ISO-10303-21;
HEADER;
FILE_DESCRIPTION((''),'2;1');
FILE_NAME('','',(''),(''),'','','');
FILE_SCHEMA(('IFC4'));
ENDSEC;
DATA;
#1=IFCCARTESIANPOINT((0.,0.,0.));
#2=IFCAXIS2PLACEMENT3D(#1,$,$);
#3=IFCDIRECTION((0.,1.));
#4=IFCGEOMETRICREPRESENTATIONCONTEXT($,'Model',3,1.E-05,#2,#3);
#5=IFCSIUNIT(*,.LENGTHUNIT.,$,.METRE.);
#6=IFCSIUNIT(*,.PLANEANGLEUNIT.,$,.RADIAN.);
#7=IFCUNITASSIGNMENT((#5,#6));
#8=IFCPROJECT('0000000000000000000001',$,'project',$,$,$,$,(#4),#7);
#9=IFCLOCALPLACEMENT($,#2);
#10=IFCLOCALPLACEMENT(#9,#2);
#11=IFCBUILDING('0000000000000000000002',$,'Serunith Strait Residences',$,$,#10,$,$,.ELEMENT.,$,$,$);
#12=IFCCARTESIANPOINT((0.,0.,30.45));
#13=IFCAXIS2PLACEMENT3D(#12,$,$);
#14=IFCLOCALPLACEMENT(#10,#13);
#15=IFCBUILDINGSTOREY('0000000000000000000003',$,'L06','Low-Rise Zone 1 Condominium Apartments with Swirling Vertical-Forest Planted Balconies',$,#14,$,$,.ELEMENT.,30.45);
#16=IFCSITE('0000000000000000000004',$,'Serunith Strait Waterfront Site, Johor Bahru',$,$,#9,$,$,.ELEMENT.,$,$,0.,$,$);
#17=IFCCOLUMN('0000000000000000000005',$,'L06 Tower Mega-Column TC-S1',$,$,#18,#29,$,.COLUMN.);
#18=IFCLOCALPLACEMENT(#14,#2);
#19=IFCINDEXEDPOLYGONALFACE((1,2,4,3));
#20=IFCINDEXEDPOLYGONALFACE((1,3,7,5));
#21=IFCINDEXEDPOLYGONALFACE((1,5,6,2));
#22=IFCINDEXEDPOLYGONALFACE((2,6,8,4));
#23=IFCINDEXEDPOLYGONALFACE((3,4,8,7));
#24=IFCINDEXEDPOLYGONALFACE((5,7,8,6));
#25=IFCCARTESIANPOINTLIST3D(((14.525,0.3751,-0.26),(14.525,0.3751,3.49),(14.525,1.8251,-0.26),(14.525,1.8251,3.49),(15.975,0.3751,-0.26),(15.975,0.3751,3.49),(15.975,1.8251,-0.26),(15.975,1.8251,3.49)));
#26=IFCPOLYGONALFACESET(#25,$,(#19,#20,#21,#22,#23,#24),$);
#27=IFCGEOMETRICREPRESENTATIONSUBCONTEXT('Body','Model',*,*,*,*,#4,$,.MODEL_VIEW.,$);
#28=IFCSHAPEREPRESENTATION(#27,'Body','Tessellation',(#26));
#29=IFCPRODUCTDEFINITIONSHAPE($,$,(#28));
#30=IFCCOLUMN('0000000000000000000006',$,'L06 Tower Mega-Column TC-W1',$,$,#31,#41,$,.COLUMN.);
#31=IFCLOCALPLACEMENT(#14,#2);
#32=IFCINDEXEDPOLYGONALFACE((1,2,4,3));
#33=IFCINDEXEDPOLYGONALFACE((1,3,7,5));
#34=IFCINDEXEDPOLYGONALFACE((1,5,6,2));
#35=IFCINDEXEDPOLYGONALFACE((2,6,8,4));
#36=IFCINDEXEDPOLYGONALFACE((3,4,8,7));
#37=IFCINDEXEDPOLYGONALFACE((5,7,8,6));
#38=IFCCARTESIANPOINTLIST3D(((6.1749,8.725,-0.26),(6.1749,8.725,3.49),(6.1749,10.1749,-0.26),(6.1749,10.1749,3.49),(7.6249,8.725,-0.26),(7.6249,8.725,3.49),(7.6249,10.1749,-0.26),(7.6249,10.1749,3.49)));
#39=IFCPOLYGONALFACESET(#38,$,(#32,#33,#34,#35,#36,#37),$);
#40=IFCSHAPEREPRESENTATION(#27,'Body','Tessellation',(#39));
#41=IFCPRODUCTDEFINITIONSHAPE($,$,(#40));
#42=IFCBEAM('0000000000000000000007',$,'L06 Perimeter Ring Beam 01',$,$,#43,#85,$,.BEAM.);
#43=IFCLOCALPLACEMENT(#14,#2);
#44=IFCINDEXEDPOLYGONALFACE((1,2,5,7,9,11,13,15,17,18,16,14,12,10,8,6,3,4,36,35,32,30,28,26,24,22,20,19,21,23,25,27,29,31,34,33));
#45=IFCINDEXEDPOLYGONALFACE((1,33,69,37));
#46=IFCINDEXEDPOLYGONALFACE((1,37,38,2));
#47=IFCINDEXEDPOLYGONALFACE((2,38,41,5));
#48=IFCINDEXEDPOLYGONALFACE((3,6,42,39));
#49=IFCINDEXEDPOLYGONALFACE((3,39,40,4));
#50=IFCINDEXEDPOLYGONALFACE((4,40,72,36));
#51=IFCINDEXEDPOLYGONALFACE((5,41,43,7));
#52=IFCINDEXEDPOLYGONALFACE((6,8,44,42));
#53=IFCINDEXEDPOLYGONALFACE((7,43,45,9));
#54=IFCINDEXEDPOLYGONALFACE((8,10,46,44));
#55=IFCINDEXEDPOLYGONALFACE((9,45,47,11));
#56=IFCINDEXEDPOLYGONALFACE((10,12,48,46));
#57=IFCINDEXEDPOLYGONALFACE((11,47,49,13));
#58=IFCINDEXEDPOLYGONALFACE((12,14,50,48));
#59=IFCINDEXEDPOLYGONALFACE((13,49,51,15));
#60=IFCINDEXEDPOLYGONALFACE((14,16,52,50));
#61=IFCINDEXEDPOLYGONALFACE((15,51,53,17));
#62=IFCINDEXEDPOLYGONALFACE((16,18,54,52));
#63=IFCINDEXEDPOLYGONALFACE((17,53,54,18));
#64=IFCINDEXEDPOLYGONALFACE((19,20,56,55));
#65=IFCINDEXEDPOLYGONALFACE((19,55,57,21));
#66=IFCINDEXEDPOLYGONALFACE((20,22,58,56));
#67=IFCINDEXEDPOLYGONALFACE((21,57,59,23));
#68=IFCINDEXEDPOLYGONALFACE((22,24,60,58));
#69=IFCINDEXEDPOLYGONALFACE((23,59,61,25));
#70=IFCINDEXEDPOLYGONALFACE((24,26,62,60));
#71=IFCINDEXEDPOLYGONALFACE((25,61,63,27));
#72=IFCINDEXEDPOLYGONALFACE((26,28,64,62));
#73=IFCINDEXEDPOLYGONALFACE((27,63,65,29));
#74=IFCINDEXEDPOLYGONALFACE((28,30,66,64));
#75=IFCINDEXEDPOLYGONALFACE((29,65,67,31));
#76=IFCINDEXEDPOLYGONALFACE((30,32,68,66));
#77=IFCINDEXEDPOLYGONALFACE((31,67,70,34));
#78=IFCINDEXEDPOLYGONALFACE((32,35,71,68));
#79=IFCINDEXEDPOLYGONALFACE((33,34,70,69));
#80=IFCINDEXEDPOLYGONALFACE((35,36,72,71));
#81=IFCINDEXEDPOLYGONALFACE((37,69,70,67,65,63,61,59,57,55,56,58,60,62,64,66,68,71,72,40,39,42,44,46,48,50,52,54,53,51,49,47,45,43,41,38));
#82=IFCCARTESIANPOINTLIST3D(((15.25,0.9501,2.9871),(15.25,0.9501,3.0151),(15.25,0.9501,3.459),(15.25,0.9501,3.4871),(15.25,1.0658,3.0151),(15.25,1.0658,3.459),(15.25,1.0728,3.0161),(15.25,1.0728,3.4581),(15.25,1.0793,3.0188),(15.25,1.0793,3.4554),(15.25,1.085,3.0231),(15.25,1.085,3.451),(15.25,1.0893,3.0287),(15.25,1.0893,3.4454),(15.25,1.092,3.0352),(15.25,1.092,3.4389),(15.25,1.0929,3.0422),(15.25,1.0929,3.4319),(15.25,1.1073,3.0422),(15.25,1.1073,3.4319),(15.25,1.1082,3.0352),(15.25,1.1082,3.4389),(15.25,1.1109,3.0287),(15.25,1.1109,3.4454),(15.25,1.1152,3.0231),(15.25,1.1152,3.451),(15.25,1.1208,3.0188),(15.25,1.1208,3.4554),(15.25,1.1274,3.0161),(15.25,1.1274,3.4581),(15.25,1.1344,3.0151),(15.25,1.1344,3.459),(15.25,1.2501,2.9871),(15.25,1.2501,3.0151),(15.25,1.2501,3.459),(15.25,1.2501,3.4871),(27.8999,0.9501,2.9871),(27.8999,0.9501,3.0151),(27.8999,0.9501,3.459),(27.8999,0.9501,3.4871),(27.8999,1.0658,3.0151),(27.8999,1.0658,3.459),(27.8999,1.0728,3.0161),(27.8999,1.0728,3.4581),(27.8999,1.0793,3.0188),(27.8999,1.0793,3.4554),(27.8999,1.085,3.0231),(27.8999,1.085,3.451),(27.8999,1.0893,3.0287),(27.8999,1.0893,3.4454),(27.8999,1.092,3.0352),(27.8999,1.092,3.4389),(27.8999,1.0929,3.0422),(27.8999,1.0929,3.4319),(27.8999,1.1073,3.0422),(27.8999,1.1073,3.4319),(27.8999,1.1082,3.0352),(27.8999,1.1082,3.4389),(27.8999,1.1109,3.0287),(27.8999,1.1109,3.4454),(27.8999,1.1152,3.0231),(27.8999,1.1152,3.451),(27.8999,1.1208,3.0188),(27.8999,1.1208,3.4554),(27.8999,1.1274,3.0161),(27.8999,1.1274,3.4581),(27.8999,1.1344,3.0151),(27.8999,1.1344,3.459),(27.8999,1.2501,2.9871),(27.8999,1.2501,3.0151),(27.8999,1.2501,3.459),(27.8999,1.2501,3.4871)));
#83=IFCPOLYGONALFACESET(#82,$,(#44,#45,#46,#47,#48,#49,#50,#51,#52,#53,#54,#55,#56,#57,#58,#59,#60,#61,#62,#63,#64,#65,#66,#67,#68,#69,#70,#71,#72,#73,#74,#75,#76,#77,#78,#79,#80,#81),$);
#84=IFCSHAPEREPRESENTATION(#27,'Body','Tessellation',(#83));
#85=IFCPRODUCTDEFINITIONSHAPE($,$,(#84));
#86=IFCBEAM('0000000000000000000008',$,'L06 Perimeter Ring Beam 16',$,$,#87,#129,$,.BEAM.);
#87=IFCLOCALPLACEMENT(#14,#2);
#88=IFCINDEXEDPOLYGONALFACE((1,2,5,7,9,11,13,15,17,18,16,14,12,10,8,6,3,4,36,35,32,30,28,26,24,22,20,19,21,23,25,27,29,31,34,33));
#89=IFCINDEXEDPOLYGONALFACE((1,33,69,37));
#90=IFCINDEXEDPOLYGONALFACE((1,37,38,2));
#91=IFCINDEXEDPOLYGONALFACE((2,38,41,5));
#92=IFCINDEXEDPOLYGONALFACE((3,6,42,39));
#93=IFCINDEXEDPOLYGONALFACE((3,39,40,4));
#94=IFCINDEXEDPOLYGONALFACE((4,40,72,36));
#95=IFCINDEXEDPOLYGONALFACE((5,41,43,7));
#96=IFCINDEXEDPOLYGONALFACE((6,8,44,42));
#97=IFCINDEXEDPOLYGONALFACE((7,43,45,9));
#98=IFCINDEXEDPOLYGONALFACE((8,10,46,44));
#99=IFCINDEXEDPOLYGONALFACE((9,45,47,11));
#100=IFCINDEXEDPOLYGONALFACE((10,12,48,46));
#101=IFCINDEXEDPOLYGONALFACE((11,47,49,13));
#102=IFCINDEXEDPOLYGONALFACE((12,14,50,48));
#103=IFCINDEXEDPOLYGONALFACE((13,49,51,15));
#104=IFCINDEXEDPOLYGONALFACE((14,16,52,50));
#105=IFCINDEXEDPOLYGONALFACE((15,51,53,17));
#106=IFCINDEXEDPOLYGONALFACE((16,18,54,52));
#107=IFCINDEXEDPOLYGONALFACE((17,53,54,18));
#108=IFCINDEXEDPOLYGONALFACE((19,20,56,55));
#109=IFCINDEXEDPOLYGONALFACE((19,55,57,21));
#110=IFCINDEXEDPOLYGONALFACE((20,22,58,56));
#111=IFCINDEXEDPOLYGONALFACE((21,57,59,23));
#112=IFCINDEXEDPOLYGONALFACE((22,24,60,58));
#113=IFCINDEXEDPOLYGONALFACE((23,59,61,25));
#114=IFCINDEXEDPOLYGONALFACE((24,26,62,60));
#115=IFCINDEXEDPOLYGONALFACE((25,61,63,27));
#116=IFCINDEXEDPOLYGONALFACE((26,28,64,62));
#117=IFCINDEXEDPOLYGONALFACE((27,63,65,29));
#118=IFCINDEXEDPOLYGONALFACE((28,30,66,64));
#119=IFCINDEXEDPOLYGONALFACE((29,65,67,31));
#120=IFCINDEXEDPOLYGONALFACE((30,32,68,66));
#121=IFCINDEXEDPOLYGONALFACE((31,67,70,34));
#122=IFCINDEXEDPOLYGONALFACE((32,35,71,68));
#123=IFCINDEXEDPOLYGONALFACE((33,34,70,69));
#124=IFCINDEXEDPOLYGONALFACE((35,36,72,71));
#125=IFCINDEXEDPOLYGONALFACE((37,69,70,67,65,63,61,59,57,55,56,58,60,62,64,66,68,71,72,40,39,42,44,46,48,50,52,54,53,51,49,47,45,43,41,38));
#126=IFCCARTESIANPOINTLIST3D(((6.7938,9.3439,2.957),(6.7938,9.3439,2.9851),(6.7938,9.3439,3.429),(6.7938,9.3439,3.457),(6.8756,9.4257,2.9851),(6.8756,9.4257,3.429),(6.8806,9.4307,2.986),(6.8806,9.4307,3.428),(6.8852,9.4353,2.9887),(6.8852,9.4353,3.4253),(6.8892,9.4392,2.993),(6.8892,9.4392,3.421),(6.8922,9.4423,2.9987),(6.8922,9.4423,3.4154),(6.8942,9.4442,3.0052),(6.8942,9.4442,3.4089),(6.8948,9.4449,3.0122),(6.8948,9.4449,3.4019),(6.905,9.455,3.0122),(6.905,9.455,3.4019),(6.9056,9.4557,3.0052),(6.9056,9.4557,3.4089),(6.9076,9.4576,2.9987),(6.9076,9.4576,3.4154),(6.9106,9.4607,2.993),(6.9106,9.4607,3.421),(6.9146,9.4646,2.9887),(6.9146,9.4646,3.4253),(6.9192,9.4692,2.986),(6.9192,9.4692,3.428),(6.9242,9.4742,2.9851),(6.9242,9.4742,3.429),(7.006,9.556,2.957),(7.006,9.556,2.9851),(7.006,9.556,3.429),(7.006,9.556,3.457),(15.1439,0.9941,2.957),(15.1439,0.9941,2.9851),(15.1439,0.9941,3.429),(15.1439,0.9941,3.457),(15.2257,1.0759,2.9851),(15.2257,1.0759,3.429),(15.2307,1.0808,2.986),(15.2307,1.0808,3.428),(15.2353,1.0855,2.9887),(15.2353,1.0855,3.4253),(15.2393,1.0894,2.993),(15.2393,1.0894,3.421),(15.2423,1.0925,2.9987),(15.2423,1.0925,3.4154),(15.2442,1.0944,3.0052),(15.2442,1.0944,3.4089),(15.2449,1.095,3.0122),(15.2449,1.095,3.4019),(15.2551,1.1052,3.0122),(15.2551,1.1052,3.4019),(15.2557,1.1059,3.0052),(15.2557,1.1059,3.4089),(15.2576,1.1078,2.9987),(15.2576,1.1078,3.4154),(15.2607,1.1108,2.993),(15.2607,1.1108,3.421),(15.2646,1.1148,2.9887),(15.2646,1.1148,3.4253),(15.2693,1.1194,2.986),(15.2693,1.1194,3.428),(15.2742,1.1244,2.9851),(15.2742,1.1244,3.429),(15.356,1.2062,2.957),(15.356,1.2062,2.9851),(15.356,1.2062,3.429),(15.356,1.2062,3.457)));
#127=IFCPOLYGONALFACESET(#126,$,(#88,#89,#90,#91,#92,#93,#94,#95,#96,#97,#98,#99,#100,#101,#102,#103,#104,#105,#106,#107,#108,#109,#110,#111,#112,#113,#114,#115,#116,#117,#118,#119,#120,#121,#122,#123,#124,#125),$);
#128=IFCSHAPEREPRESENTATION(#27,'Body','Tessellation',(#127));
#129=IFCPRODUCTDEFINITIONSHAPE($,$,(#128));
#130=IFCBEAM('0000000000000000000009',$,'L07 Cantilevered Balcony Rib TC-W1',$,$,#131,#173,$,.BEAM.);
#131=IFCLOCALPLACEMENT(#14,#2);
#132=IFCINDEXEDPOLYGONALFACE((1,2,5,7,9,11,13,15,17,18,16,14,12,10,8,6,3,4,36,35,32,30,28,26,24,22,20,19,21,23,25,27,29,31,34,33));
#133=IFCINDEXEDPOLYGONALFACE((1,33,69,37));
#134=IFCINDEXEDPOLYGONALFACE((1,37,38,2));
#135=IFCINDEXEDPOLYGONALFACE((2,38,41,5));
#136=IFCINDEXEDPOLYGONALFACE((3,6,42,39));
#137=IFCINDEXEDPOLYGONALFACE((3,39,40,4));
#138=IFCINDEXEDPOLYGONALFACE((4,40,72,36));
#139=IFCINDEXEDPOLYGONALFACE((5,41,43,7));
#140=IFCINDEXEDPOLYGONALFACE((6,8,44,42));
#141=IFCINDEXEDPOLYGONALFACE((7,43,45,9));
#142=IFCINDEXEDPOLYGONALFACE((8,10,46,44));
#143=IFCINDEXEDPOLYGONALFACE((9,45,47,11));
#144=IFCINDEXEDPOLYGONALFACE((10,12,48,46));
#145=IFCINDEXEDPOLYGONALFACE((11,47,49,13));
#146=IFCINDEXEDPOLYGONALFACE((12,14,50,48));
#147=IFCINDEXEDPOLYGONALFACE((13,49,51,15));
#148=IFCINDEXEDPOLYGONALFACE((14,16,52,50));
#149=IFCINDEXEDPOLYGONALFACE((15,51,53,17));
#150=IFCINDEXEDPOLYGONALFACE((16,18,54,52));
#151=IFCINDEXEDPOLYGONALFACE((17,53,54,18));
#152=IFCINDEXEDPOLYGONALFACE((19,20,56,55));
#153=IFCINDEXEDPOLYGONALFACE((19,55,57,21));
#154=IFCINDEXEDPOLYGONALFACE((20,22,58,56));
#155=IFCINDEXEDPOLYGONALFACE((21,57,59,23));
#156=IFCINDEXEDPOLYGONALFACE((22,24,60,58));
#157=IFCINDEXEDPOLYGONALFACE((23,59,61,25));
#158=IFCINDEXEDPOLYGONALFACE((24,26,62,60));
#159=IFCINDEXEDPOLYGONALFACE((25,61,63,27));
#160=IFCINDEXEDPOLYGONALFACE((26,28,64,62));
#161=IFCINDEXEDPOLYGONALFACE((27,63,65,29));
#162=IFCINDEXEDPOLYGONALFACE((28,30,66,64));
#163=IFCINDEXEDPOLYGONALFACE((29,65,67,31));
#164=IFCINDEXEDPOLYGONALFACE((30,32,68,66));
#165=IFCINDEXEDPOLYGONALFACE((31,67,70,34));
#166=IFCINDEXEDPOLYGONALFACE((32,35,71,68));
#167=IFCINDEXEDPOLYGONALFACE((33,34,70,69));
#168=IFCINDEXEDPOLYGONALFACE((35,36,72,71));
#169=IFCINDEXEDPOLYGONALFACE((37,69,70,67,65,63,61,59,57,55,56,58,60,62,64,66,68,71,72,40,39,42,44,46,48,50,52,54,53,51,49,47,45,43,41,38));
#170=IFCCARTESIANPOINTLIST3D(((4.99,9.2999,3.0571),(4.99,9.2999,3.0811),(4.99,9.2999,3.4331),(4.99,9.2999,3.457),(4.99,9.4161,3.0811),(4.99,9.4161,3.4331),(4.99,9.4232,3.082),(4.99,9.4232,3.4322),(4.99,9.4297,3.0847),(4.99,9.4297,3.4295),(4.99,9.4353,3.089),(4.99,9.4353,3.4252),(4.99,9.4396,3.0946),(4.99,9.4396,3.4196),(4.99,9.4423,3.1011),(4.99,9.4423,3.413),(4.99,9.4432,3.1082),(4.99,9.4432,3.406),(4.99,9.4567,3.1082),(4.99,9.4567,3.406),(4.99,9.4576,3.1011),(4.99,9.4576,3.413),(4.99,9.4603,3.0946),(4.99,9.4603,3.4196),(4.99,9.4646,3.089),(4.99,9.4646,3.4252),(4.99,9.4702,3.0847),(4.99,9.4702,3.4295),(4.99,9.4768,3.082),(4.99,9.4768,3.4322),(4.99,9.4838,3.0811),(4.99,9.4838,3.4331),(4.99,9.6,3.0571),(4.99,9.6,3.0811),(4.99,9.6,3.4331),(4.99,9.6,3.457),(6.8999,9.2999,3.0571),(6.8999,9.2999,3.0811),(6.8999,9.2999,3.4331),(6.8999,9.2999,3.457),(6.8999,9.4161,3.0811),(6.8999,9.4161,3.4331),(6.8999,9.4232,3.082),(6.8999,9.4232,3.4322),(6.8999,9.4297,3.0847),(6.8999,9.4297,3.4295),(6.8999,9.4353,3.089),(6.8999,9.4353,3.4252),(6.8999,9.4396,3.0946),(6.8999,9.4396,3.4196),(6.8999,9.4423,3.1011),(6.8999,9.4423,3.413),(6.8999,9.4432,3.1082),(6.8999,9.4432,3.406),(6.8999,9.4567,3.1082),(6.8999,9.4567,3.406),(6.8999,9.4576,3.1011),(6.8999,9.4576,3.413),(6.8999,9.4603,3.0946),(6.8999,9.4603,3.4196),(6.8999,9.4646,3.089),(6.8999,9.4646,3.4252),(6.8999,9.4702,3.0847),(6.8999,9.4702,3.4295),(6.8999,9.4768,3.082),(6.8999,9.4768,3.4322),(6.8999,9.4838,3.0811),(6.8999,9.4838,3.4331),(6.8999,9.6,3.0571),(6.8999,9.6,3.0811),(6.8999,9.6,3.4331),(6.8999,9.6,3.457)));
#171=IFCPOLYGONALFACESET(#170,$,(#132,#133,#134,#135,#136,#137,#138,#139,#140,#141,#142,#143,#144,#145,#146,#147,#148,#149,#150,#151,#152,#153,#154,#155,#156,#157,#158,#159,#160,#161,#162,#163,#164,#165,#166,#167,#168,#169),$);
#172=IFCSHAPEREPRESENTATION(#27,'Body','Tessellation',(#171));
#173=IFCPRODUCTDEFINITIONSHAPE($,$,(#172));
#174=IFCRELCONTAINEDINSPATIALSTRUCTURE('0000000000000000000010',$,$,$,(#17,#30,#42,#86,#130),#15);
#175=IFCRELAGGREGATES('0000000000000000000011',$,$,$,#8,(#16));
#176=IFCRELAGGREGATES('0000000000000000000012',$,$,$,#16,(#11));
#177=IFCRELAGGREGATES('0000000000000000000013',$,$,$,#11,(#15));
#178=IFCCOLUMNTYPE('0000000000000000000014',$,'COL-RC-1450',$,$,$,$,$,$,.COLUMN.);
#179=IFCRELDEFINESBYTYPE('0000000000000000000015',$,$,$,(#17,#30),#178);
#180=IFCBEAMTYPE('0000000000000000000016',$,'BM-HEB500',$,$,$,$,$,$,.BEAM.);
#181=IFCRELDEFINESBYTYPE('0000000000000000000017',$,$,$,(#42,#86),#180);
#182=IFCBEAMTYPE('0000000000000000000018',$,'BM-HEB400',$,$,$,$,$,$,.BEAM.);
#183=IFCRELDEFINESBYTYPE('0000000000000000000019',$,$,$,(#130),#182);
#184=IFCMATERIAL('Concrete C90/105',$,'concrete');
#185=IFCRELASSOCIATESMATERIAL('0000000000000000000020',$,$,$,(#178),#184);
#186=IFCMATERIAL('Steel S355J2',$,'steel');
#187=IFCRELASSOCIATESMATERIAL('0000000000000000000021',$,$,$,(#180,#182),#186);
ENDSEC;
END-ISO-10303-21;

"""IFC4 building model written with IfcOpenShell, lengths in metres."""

from ifc_helpers import new_model, si_unit, direction, frame, origin, origin_2d, place, context, subcontext, project, spatial, rectangle, i_section, extrude, source, transform, mapped, material, material_profile, profile_set, type_object, element, save


model = new_model("IFC4")

# Units and contexts
model_context = context("Model", 3, precision=1e-05, world=origin(), true_north=direction((0.0, 1.0)))
body_context = subcontext(model_context, "Body", "Model", "MODEL_VIEW")
ifc_project = project(units=[si_unit("LENGTHUNIT", "METRE"), si_unit("PLANEANGLEUNIT", "RADIAN")], contexts=[model_context])

# Site, building, storey
site_placement = place(None, origin())
site = spatial("IfcSite", under=ifc_project, at=site_placement, Name="Serunith Strait Waterfront Site, Johor Bahru", CompositionType="ELEMENT", RefElevation=0.0)
building_placement = place(site_placement, origin())
building = spatial("IfcBuilding", under=site, at=building_placement, Name="Serunith Strait Residences", CompositionType="ELEMENT")
storey_placement = place(building_placement, frame((0.0, 0.0, 30.45)))
storey = spatial("IfcBuildingStorey", under=building, at=storey_placement, Name="L06", Description="Low-Rise Zone 1 Condominium Apartments with Swirling Vertical-Forest Planted Balconies", CompositionType="ELEMENT", Elevation=30.45)

# Columns
ifc_material_1 = material(Name="Concrete C90/105", Category="concrete")
ifc_material_profile_1 = material_profile(ifc_material_1, rectangle(XDim=1.45, YDim=1.45, at=origin_2d()), Name="RC 1450x1450")
ifc_profile_set_1 = profile_set([ifc_material_profile_1], Name="Concrete C90/105")
column_type = type_object("IfcColumnType", Name="COL-RC-1450", PredefinedType="COLUMN", material=ifc_profile_set_1)
shared_shape_1 = source(origin(), body_context, "Body", "SweptSolid", [
    extrude(rectangle(XDim=1.45, YDim=1.45, at=origin_2d()), origin(), (0.0, 0.0, 1.0), 3.75),
])
for number, where, z_axis, x_axis, name in (
    (1, (15.25, 1.1001, -0.26), (0.0, 0.0, 1.0), (1.0, 0.0, 0.0), "L06 Tower Mega-Column TC-S1"),
    (2, (6.8999, 9.45, -0.26), (0.0, 0.0, 1.0), (1.0, 0.0, 0.0), "L06 Tower Mega-Column TC-W1"),
):
    element("IfcColumn", number, at=place(storey_placement, frame(where, z_axis=z_axis, x_axis=x_axis)), inside=storey, type_object=column_type, Name=name, PredefinedType="COLUMN", context=body_context, shape_type="MappedRepresentation", body=[
        mapped(shared_shape_1, transform((0.0, 0.0, 0.0), scale=1.0)),
    ])

# Beams
ifc_material_2 = material(Name="Steel S355J2", Category="steel")
ifc_material_profile_2 = material_profile(ifc_material_2, i_section(OverallWidth=0.3, OverallDepth=0.5, WebThickness=0.0144, FlangeThickness=0.0281, FilletRadius=0.0271, at=origin_2d()), Name="HEB 500")
ifc_profile_set_2 = profile_set([ifc_material_profile_2], Name="Steel S355J2")
beam_type_1 = type_object("IfcBeamType", Name="BM-HEB500", PredefinedType="BEAM", material=ifc_profile_set_2)
shared_shape_2 = source(origin(), body_context, "Body", "SweptSolid", [
    extrude(i_section(OverallWidth=0.3, OverallDepth=0.5, WebThickness=0.0144, FlangeThickness=0.0281, FilletRadius=0.0271, at=origin_2d()), origin(), (0.0, 0.0, 1.0), 12.6499),
])
beam_1_placement = place(storey_placement, frame((15.25, 1.1001, 3.2371), z_axis=(1.0, 0.0, 0.0), x_axis=(0.0, 1.0, 0.0)))
element("IfcBeam", 3, at=beam_1_placement, inside=storey, type_object=beam_type_1, Name="L06 Perimeter Ring Beam 01", PredefinedType="BEAM", context=body_context, shape_type="MappedRepresentation", body=[
    mapped(shared_shape_2, transform((0.0, 0.0, 0.0), scale=1.0)),
])
shared_shape_3 = source(origin(), body_context, "Body", "SweptSolid", [
    extrude(i_section(OverallWidth=0.3, OverallDepth=0.5, WebThickness=0.0144, FlangeThickness=0.0281, FilletRadius=0.0271, at=origin_2d()), origin(), (0.0, 0.0, 1.0), 11.8086),
])
beam_2_placement = place(storey_placement, frame((6.8999, 9.45, 3.207), z_axis=(0.707117, -0.707096, 0.0), x_axis=(0.707096, 0.707117, 0.0)))
element("IfcBeam", 4, at=beam_2_placement, inside=storey, type_object=beam_type_1, Name="L06 Perimeter Ring Beam 16", PredefinedType="BEAM", context=body_context, shape_type="MappedRepresentation", body=[
    mapped(shared_shape_3, transform((0.0, 0.0, 0.0), scale=1.0)),
])
ifc_material_profile_3 = material_profile(ifc_material_2, i_section(OverallWidth=0.3, OverallDepth=0.3999, WebThickness=0.0134, FlangeThickness=0.0239, FilletRadius=0.0271, at=origin_2d()), Name="HEB 400")
ifc_profile_set_3 = profile_set([ifc_material_profile_3], Name="Steel S355J2")
beam_type_2 = type_object("IfcBeamType", Name="BM-HEB400", PredefinedType="BEAM", material=ifc_profile_set_3)
shared_shape_4 = source(origin(), body_context, "Body", "SweptSolid", [
    extrude(i_section(OverallWidth=0.3, OverallDepth=0.3999, WebThickness=0.0134, FlangeThickness=0.0239, FilletRadius=0.0271, at=origin_2d()), origin(), (0.0, 0.0, 1.0), 1.9099),
])
beam_3_placement = place(storey_placement, frame((6.8999, 9.45, 3.2571), z_axis=(-1.0, 0.0, 0.0), x_axis=(0.0, -1.0, 0.0)))
element("IfcBeam", 5, at=beam_3_placement, inside=storey, type_object=beam_type_2, Name="L07 Cantilevered Balcony Rib TC-W1", PredefinedType="BEAM", context=body_context, shape_type="MappedRepresentation", body=[
    mapped(shared_shape_4, transform((0.0, 0.0, 0.0), scale=1.0)),
])

save(model, "model.ifc")
